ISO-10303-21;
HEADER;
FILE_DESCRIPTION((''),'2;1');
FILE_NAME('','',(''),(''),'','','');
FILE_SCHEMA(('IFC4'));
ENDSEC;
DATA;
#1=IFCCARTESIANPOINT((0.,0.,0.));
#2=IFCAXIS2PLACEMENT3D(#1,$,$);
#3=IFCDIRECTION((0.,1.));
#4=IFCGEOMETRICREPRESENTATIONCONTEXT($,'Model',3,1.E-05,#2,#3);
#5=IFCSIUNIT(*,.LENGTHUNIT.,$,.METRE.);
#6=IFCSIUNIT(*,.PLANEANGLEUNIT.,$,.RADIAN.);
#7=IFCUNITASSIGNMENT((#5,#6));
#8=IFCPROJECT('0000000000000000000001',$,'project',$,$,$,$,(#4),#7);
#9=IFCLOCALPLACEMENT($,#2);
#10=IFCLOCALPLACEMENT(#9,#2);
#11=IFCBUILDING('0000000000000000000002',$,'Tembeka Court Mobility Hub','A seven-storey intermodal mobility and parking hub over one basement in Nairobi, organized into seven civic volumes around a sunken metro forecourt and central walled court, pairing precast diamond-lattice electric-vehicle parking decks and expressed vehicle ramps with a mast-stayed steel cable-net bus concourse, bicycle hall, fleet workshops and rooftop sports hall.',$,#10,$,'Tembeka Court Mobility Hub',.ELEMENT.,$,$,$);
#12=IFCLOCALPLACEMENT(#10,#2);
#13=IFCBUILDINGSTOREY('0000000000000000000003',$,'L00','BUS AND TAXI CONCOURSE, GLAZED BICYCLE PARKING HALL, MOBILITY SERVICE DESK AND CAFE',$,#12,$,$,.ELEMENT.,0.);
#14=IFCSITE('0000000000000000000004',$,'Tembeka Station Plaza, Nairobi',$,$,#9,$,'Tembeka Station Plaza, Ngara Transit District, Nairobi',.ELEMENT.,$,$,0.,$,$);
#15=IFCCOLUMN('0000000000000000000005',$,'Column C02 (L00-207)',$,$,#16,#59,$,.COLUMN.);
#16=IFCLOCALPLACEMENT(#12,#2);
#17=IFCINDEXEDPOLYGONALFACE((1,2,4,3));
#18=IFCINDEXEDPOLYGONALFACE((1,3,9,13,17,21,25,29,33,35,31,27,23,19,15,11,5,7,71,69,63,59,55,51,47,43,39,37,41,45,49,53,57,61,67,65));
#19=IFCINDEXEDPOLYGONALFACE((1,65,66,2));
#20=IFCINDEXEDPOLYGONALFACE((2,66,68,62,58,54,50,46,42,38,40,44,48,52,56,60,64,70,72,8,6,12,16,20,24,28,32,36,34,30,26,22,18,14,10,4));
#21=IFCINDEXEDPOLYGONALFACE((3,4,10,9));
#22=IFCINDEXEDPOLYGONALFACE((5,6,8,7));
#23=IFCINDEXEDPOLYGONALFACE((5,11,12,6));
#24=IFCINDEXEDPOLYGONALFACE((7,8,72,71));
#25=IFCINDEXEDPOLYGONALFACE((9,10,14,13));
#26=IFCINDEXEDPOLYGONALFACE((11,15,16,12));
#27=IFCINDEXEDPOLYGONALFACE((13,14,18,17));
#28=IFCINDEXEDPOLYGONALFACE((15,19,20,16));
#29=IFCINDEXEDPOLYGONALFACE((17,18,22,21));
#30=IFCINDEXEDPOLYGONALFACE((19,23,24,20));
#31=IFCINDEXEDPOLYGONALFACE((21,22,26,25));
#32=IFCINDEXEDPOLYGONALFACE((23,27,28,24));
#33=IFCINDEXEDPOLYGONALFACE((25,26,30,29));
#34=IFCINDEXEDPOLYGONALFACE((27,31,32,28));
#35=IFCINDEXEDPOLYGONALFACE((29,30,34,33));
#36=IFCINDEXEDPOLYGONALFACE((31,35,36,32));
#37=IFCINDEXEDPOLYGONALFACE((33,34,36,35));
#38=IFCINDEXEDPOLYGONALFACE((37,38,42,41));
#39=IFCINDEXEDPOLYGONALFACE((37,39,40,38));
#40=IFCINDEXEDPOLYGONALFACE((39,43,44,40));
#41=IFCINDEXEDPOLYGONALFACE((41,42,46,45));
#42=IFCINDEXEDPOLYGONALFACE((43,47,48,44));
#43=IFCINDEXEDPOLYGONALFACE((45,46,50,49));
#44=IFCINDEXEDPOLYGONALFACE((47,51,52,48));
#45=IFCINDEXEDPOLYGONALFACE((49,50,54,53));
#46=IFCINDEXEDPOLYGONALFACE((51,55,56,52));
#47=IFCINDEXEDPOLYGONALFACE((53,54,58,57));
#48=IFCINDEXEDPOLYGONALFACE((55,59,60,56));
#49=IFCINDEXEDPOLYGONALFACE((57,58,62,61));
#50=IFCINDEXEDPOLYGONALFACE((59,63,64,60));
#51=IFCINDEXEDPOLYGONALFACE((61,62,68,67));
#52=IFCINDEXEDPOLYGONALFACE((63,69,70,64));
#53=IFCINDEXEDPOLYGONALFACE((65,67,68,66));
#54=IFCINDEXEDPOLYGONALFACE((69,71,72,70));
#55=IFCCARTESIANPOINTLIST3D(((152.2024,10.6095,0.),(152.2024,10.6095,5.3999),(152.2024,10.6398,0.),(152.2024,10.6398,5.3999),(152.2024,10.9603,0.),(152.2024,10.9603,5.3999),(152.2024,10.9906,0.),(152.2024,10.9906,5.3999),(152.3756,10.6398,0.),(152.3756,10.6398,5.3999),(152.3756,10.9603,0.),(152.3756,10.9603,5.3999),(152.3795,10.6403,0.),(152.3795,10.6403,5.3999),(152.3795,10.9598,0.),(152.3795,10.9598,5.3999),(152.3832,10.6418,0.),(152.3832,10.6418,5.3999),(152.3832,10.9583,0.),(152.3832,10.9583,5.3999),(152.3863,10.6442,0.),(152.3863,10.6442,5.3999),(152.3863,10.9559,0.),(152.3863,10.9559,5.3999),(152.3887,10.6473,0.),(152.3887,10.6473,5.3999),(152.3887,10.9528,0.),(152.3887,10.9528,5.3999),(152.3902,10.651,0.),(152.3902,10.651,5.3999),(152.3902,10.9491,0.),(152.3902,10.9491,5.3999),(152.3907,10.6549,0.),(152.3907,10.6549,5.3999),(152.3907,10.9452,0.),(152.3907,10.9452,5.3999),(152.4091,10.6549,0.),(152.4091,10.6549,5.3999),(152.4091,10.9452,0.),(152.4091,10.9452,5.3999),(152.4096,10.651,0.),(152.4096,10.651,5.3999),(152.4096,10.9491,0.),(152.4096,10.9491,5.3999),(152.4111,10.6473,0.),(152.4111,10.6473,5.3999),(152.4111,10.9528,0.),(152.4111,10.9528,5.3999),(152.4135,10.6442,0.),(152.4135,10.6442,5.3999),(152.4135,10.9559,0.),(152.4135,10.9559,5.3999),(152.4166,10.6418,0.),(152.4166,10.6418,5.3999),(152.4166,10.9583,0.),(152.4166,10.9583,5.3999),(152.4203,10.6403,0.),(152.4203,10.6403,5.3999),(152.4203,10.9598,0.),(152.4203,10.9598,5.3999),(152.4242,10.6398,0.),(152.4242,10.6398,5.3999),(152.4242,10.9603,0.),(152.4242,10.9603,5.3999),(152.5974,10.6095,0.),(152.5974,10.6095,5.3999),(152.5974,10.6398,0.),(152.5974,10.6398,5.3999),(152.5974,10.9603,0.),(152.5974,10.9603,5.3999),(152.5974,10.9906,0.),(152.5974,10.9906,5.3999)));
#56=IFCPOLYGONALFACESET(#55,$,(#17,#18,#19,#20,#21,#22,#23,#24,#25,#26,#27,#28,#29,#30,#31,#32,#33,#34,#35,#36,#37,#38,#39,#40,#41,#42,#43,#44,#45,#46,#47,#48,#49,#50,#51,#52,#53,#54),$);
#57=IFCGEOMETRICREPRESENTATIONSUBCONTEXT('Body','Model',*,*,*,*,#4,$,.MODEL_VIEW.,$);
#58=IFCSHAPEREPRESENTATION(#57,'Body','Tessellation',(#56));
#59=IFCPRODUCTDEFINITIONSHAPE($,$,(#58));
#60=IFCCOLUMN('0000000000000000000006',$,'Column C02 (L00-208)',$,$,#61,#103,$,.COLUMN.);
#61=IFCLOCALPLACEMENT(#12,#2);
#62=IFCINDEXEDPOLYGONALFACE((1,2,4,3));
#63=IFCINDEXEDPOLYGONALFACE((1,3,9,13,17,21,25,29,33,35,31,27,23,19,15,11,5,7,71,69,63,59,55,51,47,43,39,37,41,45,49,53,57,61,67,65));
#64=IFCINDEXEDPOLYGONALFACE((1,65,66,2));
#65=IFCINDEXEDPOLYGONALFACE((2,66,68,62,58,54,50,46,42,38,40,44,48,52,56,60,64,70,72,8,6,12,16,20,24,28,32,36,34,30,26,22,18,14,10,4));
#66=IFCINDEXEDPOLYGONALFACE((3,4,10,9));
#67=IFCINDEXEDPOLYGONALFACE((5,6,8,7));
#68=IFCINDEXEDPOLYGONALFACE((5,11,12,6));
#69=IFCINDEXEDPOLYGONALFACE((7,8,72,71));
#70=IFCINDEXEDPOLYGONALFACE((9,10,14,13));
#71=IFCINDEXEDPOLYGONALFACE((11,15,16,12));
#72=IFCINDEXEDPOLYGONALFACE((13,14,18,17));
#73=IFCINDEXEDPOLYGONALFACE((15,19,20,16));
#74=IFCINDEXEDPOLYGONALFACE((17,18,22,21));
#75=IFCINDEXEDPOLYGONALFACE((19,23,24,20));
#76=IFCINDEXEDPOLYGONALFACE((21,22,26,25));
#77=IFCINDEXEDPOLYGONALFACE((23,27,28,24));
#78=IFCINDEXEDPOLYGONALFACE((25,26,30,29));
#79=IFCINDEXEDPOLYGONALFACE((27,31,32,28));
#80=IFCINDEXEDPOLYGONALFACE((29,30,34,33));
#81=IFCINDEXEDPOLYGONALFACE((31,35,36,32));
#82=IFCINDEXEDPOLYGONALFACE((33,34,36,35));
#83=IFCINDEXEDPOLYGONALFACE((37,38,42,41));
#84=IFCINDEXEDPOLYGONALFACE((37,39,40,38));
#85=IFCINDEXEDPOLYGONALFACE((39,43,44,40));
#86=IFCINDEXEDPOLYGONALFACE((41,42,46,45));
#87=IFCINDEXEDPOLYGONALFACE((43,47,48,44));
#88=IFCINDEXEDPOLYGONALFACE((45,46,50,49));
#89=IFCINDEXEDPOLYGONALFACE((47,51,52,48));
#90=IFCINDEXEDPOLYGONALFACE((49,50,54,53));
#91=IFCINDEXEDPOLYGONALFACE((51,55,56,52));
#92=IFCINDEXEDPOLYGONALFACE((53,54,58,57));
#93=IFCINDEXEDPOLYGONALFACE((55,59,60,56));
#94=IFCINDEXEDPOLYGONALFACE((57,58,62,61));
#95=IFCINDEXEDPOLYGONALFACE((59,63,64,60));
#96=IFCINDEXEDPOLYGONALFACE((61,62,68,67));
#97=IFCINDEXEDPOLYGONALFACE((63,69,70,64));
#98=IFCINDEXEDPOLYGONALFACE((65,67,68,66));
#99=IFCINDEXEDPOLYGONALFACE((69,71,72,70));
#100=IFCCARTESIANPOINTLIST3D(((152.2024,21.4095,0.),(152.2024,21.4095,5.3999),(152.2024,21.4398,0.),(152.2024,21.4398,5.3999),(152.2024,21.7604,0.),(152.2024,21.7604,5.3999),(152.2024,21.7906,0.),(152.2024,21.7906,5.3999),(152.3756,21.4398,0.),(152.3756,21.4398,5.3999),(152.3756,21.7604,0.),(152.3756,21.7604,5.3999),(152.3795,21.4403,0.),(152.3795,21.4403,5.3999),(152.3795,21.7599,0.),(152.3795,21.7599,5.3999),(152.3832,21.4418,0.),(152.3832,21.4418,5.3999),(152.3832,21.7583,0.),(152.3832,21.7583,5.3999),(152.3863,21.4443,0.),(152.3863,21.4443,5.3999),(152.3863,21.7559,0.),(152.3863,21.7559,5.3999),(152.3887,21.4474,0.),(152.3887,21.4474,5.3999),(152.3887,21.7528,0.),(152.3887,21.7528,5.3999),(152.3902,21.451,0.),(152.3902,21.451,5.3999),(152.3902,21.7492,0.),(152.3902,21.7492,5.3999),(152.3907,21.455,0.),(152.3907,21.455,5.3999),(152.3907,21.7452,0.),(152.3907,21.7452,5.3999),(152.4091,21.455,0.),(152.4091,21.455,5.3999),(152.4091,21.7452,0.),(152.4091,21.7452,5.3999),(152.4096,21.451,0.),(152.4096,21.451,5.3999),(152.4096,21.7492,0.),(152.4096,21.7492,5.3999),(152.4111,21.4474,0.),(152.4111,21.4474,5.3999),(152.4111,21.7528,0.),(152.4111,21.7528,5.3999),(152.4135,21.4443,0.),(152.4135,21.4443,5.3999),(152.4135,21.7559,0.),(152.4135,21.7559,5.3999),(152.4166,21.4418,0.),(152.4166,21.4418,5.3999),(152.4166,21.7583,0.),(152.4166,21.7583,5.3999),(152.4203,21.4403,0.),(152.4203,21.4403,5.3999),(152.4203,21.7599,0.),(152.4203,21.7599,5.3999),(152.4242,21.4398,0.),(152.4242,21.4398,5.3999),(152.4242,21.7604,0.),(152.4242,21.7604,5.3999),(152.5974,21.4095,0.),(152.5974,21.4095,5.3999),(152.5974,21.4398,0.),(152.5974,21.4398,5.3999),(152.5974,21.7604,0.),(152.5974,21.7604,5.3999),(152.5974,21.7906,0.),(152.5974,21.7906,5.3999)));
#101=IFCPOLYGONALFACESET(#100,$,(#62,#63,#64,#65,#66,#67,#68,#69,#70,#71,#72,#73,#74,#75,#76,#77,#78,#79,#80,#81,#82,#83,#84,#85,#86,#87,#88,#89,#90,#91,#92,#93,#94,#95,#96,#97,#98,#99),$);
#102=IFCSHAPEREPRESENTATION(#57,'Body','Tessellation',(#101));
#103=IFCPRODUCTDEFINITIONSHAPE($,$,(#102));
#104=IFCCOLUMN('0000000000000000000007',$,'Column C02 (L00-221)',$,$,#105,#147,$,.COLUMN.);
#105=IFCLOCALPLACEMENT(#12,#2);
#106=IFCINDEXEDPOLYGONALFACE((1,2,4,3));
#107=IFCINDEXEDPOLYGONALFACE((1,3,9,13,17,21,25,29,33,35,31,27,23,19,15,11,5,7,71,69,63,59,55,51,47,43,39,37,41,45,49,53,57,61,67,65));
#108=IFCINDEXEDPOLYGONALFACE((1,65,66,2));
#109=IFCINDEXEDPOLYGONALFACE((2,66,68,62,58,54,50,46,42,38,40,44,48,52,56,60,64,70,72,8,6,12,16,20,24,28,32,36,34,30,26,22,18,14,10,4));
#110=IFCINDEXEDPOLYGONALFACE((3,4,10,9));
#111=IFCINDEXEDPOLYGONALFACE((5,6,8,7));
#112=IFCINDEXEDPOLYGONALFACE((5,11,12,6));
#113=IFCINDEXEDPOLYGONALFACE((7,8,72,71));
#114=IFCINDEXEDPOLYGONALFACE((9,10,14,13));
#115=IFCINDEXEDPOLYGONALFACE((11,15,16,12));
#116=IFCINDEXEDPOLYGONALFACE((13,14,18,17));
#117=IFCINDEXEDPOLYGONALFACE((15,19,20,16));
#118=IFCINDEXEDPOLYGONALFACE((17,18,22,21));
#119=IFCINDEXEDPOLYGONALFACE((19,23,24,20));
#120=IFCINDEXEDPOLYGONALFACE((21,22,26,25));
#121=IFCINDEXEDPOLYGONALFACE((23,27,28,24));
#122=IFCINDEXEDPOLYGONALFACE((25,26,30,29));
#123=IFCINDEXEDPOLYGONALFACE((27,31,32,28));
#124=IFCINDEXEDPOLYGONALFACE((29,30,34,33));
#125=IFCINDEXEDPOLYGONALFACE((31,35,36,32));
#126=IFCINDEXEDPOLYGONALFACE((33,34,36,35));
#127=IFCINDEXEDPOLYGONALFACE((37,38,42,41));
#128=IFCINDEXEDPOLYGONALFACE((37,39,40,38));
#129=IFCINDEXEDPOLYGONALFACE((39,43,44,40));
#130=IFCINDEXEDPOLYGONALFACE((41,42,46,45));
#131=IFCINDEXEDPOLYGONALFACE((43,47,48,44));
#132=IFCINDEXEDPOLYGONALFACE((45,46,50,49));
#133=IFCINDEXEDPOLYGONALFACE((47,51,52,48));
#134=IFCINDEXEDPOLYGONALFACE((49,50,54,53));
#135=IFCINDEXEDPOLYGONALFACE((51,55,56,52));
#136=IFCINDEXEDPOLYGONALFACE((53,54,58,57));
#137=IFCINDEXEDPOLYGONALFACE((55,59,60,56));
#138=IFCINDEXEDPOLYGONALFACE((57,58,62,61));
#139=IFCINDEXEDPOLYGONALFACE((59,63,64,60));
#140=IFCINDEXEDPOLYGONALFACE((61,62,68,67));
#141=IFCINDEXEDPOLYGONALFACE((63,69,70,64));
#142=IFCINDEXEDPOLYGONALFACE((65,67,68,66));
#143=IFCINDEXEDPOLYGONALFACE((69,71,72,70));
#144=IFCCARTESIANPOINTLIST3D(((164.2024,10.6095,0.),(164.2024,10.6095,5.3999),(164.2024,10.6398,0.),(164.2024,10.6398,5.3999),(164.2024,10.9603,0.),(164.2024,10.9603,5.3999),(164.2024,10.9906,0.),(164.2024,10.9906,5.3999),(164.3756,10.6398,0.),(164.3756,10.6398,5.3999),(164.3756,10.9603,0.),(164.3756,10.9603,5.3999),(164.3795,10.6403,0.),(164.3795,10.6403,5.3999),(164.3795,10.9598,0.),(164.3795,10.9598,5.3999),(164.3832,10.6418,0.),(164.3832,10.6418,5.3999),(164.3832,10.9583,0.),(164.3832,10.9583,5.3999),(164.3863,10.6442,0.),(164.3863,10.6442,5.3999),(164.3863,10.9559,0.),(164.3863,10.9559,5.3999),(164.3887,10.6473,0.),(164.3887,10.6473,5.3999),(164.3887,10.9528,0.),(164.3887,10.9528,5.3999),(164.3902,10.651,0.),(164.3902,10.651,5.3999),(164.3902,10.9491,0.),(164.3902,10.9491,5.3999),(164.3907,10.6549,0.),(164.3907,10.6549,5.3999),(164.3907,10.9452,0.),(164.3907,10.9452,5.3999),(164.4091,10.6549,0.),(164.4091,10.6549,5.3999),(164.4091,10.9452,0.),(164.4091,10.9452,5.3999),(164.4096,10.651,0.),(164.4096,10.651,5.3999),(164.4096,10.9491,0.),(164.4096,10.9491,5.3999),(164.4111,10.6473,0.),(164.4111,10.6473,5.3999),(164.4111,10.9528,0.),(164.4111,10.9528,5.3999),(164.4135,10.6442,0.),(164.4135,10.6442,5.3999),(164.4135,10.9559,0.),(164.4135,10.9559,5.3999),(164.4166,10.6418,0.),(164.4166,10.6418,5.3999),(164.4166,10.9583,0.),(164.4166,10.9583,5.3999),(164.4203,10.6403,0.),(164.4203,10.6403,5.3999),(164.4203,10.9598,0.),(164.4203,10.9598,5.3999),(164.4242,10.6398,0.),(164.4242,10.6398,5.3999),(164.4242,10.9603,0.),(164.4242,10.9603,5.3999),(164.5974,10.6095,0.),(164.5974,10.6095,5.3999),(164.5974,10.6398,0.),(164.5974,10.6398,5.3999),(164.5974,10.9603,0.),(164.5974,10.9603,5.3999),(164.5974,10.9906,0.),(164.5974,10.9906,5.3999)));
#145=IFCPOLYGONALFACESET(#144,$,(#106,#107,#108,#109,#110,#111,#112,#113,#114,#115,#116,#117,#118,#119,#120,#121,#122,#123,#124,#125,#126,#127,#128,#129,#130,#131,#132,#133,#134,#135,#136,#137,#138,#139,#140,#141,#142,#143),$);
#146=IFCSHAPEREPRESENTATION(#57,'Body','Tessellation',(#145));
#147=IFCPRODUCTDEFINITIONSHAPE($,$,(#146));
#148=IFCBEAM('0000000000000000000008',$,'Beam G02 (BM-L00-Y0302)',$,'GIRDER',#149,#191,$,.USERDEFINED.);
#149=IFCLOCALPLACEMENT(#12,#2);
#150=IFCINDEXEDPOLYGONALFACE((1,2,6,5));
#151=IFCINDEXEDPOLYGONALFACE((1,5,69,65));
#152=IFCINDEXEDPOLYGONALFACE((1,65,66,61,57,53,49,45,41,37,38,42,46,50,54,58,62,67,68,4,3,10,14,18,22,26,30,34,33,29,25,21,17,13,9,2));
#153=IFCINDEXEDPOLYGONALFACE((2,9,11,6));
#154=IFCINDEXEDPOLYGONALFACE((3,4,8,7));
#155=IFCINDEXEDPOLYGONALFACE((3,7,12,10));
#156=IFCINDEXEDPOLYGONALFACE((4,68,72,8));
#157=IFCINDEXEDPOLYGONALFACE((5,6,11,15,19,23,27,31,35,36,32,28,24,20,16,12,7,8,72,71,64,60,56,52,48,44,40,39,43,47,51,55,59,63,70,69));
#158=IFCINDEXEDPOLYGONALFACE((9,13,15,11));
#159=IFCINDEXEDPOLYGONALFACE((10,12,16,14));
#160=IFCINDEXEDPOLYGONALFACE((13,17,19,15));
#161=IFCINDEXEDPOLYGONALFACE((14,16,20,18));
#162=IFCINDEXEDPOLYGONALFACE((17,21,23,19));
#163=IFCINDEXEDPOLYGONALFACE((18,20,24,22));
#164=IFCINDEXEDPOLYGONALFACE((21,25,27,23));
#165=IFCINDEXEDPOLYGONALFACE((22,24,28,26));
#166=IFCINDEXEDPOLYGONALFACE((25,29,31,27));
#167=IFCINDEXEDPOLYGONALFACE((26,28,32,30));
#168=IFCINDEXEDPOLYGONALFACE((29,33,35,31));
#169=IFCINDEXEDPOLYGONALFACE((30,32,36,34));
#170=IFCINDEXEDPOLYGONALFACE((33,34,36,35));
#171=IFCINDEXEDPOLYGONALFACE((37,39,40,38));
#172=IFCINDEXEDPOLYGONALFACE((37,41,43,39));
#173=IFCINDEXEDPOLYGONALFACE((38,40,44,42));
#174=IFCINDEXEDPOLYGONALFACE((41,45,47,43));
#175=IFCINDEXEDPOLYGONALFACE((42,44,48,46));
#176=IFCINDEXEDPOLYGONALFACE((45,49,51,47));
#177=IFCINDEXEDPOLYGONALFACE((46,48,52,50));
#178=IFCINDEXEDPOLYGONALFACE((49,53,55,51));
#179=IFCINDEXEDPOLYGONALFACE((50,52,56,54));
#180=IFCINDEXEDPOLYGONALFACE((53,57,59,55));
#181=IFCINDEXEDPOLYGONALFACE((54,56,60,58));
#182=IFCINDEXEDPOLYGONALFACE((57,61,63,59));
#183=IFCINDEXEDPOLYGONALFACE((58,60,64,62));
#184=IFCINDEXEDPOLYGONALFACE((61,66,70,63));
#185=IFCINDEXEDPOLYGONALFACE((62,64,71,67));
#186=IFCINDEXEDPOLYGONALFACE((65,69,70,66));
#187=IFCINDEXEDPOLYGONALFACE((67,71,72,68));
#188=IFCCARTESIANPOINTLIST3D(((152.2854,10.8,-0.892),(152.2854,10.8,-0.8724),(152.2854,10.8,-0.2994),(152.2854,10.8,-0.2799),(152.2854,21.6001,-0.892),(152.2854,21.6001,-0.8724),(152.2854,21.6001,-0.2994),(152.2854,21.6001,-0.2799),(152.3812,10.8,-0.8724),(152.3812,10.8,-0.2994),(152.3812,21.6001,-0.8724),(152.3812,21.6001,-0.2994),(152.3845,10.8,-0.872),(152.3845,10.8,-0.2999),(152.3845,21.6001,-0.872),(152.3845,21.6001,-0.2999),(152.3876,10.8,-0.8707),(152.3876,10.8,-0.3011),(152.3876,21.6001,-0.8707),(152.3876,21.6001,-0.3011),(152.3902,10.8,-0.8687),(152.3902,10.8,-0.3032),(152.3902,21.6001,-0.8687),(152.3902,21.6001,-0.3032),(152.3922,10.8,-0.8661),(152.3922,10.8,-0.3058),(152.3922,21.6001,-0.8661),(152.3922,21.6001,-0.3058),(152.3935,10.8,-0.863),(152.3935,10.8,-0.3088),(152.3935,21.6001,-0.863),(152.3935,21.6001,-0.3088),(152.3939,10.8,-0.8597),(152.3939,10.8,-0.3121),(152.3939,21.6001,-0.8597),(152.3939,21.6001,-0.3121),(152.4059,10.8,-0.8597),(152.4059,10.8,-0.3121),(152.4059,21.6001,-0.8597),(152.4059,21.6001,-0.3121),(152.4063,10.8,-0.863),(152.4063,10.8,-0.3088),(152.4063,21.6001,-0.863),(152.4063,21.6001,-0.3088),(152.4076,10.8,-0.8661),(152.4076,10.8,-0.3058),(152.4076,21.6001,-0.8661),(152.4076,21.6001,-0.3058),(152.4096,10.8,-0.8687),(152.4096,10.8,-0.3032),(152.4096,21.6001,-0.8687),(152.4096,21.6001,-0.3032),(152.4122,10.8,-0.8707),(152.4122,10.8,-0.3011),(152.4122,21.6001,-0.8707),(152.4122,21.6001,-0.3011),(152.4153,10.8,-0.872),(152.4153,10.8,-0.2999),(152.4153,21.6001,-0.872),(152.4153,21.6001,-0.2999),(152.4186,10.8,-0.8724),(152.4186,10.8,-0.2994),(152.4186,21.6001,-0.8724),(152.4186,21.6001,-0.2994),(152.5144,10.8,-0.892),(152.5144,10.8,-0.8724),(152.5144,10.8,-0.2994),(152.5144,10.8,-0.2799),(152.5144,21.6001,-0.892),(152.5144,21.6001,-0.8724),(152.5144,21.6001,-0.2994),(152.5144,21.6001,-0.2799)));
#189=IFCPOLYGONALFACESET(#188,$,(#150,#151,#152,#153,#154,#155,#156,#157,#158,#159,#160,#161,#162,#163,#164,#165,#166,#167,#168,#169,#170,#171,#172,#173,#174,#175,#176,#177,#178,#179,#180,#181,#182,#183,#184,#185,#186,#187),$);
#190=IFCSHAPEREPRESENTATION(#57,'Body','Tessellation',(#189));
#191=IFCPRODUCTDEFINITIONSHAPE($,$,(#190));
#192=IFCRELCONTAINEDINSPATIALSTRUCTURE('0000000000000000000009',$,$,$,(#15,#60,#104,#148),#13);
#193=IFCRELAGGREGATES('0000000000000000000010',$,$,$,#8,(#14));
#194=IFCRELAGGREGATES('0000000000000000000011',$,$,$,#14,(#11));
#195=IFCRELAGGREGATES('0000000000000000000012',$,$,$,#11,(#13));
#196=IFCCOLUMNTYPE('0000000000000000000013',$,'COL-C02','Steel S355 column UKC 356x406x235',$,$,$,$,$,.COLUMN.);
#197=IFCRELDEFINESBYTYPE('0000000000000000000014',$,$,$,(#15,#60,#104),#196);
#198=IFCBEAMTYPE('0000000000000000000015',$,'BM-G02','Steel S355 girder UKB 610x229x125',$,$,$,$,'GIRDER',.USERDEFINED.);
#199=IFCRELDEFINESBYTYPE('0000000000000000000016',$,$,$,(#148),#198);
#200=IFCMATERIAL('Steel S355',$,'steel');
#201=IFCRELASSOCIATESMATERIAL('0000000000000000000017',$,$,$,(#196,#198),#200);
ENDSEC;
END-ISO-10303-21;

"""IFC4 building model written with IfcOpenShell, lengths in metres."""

from ifc_helpers import new_model, si_unit, direction, frame, origin, origin_2d, place, context, subcontext, project, spatial, i_section, extrude, material, material_profile, profile_set, type_object, element, save


model = new_model("IFC4")

# Units and contexts
model_context = context("Model", 3, precision=1e-05, world=origin(), true_north=direction((0.0, 1.0)))
body_context = subcontext(model_context, "Body", "Model", "MODEL_VIEW")
ifc_project = project(units=[si_unit("LENGTHUNIT", "METRE"), si_unit("PLANEANGLEUNIT", "RADIAN")], contexts=[model_context])

# Site, building, storey
site_placement = place(None, origin())
site = spatial("IfcSite", under=ifc_project, at=site_placement, Name="Tembeka Station Plaza, Nairobi", LongName="Tembeka Station Plaza, Ngara Transit District, Nairobi", CompositionType="ELEMENT", RefElevation=0.0)
building_placement = place(site_placement, origin())
building = spatial("IfcBuilding", under=site, at=building_placement, Name="Tembeka Court Mobility Hub", Description="A seven-storey intermodal mobility and parking hub over one basement in Nairobi, organized into seven civic volumes around a sunken metro forecourt and central walled court, pairing precast diamond-lattice electric-vehicle parking decks and expressed vehicle ramps with a mast-stayed steel cable-net bus concourse, bicycle hall, fleet workshops and rooftop sports hall.", LongName="Tembeka Court Mobility Hub", CompositionType="ELEMENT")
storey_placement = place(building_placement, origin())
storey = spatial("IfcBuildingStorey", under=building, at=storey_placement, Name="L00", Description="BUS AND TAXI CONCOURSE, GLAZED BICYCLE PARKING HALL, MOBILITY SERVICE DESK AND CAFE", CompositionType="ELEMENT", Elevation=0.0)

# Columns
ifc_material_1 = material(Name="Steel S355", Category="steel")
ifc_material_profile_1 = material_profile(ifc_material_1, i_section(OverallWidth=0.395, OverallDepth=0.3811, WebThickness=0.0183, FlangeThickness=0.0303, FilletRadius=0.0151, at=origin_2d()), Name="UKC 356x406x235")
ifc_profile_set_1 = profile_set([ifc_material_profile_1], Name="Steel S355")
column_type = type_object("IfcColumnType", Name="COL-C02", Description="Steel S355 column UKC 356x406x235", PredefinedType="COLUMN", material=ifc_profile_set_1)
for number, where, z_axis, x_axis, name in (
    (1, (152.3999, 10.8, 0.0), (0.0, 0.0, 1.0), (1.0, 0.0, 0.0), "Column C02 (L00-207)"),
    (2, (152.3999, 21.6001, 0.0), (0.0, 0.0, 1.0), (1.0, 0.0, 0.0), "Column C02 (L00-208)"),
    (3, (164.3999, 10.8, 0.0), (0.0, 0.0, 1.0), (1.0, 0.0, 0.0), "Column C02 (L00-221)"),
):
    element("IfcColumn", number, at=place(storey_placement, frame(where, z_axis=z_axis, x_axis=x_axis)), inside=storey, type_object=column_type, Name=name, PredefinedType="COLUMN", context=body_context, shape_type="SweptSolid", body=[
        extrude(i_section(OverallWidth=0.395, OverallDepth=0.3811, WebThickness=0.0183, FlangeThickness=0.0303, FilletRadius=0.0151, at=origin_2d()), origin(), (0.0, 0.0, 1.0), 5.3999),
    ])

# Beam
ifc_material_profile_2 = material_profile(ifc_material_1, i_section(OverallWidth=0.229, OverallDepth=0.6121, WebThickness=0.012, FlangeThickness=0.0195, FilletRadius=0.0127, at=origin_2d()), Name="UKB 610x229x125")
ifc_profile_set_2 = profile_set([ifc_material_profile_2], Name="Steel S355")
beam_type_1 = type_object("IfcBeamType", Name="BM-G02", Description="Steel S355 girder UKB 610x229x125", ElementType="GIRDER", PredefinedType="USERDEFINED", material=ifc_profile_set_2)
for number, where, z_axis, x_axis, name in (
    (4, (152.3999, 10.8, -0.5859), (0.0, 1.0, 0.0), (-1.0, 0.0, 0.0), "Beam G02 (BM-L00-Y0302)"),
):
    element("IfcBeam", number, at=place(storey_placement, frame(where, z_axis=z_axis, x_axis=x_axis)), inside=storey, type_object=beam_type_1, Name=name, ObjectType="GIRDER", PredefinedType="USERDEFINED", context=body_context, shape_type="SweptSolid", body=[
        extrude(i_section(OverallWidth=0.229, OverallDepth=0.6121, WebThickness=0.012, FlangeThickness=0.0195, FilletRadius=0.0127, at=origin_2d()), origin(), (0.0, 0.0, 1.0), 10.8),
    ])

save(model, "model.ifc")
